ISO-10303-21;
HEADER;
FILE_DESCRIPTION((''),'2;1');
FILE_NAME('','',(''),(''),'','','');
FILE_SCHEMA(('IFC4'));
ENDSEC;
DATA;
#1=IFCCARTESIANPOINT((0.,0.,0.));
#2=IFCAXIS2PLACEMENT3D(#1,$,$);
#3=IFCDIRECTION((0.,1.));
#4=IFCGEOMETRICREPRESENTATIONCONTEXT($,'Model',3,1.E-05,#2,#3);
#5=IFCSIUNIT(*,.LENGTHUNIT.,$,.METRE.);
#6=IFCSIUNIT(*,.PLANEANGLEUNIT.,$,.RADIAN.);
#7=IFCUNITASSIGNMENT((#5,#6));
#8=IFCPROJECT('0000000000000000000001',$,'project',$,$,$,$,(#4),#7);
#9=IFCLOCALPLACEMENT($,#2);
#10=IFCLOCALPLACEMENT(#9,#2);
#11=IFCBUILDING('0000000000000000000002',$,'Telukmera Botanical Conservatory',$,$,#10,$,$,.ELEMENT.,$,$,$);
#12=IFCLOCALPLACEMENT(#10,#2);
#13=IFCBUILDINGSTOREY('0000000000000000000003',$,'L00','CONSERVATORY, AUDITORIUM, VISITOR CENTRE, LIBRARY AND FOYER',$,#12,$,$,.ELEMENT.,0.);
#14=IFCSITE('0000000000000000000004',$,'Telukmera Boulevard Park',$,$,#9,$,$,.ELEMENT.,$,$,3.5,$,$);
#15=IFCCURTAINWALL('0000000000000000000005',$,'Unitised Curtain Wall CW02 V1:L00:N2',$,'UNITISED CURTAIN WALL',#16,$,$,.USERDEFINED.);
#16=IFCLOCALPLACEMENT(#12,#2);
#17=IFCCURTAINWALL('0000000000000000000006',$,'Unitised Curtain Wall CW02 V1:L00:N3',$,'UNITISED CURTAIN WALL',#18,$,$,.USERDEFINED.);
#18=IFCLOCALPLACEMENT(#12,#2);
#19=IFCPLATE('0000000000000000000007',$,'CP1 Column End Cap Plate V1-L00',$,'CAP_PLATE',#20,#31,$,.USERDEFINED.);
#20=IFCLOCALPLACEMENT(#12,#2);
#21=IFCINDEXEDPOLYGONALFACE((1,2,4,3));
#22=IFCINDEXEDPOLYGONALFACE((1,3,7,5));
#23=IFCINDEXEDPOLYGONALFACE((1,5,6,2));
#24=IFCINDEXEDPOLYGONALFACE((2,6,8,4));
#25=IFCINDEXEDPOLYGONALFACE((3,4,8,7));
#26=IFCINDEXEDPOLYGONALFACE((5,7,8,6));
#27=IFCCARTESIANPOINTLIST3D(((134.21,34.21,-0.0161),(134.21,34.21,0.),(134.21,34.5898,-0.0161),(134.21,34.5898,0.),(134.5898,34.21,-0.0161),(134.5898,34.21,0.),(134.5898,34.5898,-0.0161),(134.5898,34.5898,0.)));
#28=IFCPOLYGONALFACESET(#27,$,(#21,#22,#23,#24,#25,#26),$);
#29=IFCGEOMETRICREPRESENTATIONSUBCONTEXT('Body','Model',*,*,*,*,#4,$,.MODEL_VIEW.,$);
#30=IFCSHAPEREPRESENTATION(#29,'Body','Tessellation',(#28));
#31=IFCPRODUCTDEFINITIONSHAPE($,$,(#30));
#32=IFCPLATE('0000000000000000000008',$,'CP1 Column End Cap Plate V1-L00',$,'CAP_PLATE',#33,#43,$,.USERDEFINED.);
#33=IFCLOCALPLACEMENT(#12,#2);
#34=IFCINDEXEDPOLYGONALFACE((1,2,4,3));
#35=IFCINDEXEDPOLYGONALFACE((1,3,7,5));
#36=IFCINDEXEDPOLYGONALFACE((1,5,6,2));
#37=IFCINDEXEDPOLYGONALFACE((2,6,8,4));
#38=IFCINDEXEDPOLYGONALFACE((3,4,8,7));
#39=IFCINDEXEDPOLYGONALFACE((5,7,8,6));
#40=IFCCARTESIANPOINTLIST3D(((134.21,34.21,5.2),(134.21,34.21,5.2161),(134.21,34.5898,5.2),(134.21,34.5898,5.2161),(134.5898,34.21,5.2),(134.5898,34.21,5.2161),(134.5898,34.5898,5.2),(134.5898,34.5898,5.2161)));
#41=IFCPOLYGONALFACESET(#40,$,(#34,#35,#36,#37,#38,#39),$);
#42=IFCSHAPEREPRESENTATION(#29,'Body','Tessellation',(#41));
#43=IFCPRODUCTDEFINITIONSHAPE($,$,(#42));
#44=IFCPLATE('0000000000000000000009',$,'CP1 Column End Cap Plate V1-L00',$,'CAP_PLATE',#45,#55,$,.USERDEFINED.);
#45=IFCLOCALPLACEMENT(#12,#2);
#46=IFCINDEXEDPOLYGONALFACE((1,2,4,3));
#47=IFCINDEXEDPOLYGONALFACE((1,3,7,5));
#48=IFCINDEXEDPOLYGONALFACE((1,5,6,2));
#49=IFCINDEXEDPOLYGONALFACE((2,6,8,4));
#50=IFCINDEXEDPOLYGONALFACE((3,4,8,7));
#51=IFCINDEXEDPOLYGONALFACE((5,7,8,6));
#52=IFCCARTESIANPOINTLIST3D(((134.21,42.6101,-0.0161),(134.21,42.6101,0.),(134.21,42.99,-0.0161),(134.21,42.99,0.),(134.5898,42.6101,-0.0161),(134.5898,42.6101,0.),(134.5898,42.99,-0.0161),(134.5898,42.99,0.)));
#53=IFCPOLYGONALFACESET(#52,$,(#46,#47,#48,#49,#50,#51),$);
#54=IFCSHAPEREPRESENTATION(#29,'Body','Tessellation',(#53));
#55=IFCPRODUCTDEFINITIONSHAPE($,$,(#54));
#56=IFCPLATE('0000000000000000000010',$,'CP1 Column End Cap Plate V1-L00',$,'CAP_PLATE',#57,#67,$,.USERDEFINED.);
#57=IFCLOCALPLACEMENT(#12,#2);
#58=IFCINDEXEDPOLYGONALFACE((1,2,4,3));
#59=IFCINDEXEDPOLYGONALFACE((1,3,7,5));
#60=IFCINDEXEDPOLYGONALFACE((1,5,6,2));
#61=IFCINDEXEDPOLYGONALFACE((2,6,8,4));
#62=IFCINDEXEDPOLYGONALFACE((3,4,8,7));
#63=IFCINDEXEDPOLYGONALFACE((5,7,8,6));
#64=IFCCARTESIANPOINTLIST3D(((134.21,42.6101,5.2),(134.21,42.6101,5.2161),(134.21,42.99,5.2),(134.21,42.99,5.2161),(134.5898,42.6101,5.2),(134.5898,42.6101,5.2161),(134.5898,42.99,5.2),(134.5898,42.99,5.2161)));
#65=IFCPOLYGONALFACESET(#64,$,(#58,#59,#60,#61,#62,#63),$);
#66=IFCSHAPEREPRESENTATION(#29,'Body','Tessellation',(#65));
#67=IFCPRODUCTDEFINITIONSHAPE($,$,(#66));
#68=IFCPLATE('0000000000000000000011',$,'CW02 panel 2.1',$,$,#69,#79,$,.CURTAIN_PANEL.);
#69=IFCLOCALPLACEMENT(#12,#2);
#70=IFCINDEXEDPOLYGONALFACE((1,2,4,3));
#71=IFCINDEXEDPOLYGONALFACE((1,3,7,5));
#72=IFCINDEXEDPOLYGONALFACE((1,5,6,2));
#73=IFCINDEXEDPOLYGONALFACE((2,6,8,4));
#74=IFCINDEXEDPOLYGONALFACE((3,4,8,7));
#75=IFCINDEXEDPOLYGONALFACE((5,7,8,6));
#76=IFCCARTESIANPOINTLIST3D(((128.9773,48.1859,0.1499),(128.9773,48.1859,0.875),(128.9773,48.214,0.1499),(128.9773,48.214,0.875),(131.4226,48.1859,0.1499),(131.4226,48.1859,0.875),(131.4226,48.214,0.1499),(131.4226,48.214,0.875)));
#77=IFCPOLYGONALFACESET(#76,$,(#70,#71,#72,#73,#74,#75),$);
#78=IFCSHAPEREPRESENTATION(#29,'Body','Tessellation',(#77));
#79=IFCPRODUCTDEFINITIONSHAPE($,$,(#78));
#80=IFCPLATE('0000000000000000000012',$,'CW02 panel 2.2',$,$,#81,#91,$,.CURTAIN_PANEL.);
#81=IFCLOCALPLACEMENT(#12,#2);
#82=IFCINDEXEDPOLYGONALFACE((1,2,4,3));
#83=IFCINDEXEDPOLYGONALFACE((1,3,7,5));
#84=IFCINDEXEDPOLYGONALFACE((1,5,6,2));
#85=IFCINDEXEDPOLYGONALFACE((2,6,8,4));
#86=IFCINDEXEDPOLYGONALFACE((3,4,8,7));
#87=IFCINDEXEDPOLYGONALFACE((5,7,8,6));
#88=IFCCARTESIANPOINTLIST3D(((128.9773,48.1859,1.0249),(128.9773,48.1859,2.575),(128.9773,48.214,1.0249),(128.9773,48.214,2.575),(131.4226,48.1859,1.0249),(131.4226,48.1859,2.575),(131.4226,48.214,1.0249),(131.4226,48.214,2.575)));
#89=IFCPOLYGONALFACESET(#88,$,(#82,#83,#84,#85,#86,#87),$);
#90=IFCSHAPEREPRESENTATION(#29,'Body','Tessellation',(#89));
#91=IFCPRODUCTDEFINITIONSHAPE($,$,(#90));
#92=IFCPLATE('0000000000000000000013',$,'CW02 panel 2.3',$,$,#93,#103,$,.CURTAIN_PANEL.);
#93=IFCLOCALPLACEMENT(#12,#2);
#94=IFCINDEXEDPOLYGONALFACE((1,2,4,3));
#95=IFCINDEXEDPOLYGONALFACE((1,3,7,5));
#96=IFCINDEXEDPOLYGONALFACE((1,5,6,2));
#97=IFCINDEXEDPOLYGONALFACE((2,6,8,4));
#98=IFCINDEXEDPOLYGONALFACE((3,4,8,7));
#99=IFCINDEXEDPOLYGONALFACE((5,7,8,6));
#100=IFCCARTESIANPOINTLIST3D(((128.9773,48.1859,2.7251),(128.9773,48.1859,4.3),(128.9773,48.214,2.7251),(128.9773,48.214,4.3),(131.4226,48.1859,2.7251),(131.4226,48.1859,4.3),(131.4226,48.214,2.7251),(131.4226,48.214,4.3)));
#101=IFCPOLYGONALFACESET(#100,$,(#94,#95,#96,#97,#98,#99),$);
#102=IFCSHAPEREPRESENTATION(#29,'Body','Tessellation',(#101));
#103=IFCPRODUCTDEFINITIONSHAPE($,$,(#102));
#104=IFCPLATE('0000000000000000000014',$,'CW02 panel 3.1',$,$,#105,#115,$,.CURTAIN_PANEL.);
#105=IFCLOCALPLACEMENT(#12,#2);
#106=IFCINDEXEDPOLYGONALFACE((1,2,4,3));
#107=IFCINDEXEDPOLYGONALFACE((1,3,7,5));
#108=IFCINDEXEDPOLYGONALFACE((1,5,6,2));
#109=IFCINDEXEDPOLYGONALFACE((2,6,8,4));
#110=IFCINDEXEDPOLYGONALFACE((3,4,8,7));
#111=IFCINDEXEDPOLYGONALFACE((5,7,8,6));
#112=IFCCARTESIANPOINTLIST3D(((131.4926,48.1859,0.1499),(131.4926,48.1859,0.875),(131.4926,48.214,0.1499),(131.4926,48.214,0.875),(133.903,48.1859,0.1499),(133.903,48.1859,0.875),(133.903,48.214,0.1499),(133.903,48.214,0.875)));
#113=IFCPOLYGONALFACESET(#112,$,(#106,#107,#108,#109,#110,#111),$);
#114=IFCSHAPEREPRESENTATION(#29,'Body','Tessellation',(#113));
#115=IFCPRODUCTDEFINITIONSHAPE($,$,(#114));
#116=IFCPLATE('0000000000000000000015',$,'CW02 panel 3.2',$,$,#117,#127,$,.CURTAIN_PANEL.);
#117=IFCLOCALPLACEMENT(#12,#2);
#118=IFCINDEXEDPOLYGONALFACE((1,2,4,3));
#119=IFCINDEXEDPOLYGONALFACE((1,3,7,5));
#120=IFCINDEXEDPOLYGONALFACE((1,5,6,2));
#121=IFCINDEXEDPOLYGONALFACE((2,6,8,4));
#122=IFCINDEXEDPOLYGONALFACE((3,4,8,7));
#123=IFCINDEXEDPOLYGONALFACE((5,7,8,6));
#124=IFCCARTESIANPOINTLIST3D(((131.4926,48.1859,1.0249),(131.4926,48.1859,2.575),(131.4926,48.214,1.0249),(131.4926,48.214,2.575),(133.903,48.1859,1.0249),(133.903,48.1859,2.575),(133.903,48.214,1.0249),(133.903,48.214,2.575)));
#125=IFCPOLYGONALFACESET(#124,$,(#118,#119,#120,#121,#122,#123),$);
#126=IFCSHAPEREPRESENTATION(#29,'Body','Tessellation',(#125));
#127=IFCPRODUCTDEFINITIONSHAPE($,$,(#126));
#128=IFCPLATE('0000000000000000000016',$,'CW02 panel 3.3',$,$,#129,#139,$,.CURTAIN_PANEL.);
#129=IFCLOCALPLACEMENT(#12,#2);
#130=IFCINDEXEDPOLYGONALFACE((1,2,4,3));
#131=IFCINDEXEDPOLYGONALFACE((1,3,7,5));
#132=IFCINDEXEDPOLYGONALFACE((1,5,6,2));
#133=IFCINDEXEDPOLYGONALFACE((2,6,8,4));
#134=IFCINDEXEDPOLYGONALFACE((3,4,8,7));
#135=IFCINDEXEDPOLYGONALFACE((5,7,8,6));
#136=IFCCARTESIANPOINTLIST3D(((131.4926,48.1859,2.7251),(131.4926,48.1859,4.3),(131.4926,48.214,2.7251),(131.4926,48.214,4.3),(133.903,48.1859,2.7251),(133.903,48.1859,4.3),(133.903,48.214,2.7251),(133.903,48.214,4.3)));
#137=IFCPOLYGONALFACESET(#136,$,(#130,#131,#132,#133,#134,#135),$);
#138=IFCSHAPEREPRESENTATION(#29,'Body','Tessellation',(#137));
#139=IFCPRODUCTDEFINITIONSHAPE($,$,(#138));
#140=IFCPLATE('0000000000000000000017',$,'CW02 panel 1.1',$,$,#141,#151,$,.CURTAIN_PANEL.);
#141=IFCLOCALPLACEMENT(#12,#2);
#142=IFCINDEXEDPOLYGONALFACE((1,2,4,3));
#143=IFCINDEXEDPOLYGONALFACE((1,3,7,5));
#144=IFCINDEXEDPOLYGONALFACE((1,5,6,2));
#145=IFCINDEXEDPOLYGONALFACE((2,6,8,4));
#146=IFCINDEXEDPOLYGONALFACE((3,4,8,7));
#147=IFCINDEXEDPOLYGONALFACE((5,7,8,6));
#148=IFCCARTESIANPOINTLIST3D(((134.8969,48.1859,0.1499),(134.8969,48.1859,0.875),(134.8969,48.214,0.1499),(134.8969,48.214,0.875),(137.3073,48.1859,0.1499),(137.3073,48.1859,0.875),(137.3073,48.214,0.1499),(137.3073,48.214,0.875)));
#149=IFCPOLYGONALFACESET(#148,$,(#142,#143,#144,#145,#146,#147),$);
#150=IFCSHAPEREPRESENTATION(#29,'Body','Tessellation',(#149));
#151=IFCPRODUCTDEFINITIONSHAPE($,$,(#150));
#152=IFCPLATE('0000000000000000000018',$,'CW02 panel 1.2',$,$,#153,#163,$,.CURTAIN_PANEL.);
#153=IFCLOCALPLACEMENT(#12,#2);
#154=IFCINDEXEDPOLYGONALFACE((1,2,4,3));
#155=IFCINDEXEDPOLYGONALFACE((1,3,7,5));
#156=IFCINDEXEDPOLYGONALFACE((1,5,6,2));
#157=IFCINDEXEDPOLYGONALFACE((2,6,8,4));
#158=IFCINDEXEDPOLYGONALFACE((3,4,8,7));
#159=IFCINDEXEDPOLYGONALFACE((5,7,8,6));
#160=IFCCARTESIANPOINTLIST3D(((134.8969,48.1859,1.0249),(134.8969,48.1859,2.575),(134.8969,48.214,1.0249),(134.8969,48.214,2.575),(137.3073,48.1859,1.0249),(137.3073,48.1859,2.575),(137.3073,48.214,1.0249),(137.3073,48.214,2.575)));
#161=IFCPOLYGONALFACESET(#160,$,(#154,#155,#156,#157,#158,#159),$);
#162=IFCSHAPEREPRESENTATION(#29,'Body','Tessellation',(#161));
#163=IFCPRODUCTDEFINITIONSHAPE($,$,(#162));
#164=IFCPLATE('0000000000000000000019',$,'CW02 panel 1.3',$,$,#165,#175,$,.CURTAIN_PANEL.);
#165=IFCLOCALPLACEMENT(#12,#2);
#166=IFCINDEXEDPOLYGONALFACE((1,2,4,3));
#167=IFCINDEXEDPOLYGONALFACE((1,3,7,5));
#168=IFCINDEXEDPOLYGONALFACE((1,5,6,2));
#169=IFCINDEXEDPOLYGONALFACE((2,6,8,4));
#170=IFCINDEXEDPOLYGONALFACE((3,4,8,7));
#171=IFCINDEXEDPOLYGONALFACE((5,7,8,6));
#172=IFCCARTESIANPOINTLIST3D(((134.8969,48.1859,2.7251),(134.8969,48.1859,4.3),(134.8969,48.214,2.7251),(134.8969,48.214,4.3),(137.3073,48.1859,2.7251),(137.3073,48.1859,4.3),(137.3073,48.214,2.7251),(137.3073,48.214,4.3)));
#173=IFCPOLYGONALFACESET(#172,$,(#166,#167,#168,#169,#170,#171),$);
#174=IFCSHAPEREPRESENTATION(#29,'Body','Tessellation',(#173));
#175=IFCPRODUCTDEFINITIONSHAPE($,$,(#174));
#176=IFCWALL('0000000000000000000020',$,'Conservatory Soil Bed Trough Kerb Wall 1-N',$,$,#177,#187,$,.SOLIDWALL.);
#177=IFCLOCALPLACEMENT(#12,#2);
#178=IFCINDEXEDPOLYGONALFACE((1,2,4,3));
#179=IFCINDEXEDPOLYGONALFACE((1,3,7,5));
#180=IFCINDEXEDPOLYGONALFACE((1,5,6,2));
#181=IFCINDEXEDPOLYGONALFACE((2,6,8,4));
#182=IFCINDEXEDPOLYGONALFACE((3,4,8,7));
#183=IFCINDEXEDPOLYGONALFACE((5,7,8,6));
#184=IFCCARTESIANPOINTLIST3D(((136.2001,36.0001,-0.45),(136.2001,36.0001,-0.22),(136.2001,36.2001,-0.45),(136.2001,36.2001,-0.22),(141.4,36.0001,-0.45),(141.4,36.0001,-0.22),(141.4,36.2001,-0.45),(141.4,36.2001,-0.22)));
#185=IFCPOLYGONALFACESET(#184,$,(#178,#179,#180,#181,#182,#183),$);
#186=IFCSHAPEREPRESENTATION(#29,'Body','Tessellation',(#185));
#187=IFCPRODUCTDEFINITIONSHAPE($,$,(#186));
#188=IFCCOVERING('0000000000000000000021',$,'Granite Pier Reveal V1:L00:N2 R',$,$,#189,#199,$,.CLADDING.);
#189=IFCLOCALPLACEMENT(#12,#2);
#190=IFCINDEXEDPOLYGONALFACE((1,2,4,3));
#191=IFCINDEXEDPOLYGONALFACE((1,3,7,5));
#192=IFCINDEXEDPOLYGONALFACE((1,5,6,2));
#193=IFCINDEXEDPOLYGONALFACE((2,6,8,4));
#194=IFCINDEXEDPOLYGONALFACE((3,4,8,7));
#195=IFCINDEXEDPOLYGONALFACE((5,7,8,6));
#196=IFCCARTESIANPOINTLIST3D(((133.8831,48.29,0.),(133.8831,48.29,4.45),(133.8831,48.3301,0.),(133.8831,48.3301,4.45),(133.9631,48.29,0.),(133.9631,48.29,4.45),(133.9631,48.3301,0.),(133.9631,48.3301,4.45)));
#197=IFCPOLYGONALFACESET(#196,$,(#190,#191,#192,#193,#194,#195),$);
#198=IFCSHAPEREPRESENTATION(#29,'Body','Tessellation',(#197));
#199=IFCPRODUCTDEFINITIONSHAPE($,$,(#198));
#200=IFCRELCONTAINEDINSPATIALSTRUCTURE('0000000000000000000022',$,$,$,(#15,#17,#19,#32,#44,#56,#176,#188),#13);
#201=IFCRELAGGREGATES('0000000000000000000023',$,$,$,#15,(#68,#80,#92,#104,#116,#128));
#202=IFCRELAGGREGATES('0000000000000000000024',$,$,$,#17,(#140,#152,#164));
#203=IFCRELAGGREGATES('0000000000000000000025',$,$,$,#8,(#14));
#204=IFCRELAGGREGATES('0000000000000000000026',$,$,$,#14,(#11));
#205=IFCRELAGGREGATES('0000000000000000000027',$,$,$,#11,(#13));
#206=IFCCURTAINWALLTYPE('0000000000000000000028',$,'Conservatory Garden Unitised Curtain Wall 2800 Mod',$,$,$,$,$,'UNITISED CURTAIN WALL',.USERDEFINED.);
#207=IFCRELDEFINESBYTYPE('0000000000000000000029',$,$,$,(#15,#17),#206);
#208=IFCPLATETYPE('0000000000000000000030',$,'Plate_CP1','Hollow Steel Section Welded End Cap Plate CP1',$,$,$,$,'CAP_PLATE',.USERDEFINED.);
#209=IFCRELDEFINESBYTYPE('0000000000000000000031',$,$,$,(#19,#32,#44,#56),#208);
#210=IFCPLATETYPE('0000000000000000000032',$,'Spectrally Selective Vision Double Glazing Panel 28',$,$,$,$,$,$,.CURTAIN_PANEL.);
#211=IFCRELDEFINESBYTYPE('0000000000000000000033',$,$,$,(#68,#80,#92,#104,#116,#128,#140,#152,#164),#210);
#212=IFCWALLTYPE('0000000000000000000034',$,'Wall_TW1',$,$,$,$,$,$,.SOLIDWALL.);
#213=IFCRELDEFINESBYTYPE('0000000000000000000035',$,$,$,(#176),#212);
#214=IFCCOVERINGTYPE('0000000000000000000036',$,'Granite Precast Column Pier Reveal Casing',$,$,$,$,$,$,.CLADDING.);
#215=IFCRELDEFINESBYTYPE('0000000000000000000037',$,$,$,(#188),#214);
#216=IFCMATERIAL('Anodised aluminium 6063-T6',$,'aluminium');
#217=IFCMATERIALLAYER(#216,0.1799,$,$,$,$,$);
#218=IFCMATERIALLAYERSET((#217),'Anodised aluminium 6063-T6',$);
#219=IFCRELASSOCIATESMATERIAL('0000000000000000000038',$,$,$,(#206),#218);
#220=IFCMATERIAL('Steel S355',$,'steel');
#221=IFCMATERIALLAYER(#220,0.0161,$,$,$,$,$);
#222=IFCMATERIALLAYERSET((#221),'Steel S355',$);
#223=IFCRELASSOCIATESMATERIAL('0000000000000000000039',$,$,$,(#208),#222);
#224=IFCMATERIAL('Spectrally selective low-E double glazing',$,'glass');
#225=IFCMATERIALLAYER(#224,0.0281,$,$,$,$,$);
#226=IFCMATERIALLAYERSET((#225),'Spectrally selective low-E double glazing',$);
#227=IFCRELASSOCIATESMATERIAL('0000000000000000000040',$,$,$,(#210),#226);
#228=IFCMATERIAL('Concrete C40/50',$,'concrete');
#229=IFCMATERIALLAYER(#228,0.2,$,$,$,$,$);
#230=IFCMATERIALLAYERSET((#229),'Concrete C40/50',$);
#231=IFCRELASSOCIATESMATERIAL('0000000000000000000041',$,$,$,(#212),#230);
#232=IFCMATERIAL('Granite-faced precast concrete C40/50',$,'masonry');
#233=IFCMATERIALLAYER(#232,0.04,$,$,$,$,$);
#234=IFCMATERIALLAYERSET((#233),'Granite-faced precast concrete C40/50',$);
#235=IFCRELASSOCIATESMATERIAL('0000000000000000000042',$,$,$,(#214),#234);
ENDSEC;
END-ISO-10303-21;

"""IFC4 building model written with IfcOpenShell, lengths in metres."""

from ifc_helpers import new_model, si_unit, direction, frame, frame_2d, origin, origin_2d, place, context, subcontext, project, spatial, rectangle, extrude, material, layer, layer_set, type_object, element, aggregate, save


model = new_model("IFC4")

# Units and contexts
model_context = context("Model", 3, precision=1e-05, world=origin(), true_north=direction((0.0, 1.0)))
body_context = subcontext(model_context, "Body", "Model", "MODEL_VIEW")
ifc_project = project(units=[si_unit("LENGTHUNIT", "METRE"), si_unit("PLANEANGLEUNIT", "RADIAN")], contexts=[model_context])

# Site, building, storey
site_placement = place(None, origin())
site = spatial("IfcSite", under=ifc_project, at=site_placement, Name="Telukmera Boulevard Park", CompositionType="ELEMENT", RefElevation=3.5)
building_placement = place(site_placement, origin())
building = spatial("IfcBuilding", under=site, at=building_placement, Name="Telukmera Botanical Conservatory", CompositionType="ELEMENT")
storey_placement = place(building_placement, origin())
storey = spatial("IfcBuildingStorey", under=building, at=storey_placement, Name="L00", Description="CONSERVATORY, AUDITORIUM, VISITOR CENTRE, LIBRARY AND FOYER", CompositionType="ELEMENT", Elevation=0.0)

# Shared definitions
ifc_material_1 = material(Name="Steel S355", Category="steel")

# Shared definitions
ifc_material_2 = material(Name="Concrete C40/50", Category="concrete")

# Curtain walls
ifc_material_3 = material(Name="Anodised aluminium 6063-T6", Category="aluminium")
ifc_layer_1 = layer(ifc_material_3, 0.1799)
ifc_layer_set_1 = layer_set([ifc_layer_1], Name="Anodised aluminium 6063-T6")
curtain_wall_type = type_object("IfcCurtainWallType", Name="Conservatory Garden Unitised Curtain Wall 2800 Mod", ElementType="UNITISED CURTAIN WALL", PredefinedType="USERDEFINED", material=ifc_layer_set_1)
curtain_wall_1_placement = place(storey_placement, origin())
curtain_wall_1 = element("IfcCurtainWall", 1, at=curtain_wall_1_placement, inside=storey, type_object=curtain_wall_type, Name="Unitised Curtain Wall CW02 V1:L00:N2", ObjectType="UNITISED CURTAIN WALL", PredefinedType="USERDEFINED")
curtain_wall_2_placement = place(storey_placement, origin())
curtain_wall_2 = element("IfcCurtainWall", 2, at=curtain_wall_2_placement, inside=storey, type_object=curtain_wall_type, Name="Unitised Curtain Wall CW02 V1:L00:N3", ObjectType="UNITISED CURTAIN WALL", PredefinedType="USERDEFINED")

# Plates
ifc_layer_2 = layer(ifc_material_1, 0.0161)
ifc_layer_set_2 = layer_set([ifc_layer_2], Name="Steel S355")
plate_type_1 = type_object("IfcPlateType", Name="Plate_CP1", Description="Hollow Steel Section Welded End Cap Plate CP1", ElementType="CAP_PLATE", PredefinedType="USERDEFINED", material=ifc_layer_set_2)
for number, where, z_axis, x_axis, name in (
    (3, (134.3999, 34.3999, -0.0161), (0.0, 0.0, 1.0), (1.0, 0.0, 0.0), "CP1 Column End Cap Plate V1-L00"),
    (4, (134.3999, 34.3999, 5.2), (0.0, 0.0, 1.0), (1.0, 0.0, 0.0), "CP1 Column End Cap Plate V1-L00"),
    (5, (134.3999, 42.8, -0.0161), (0.0, 0.0, 1.0), (1.0, 0.0, 0.0), "CP1 Column End Cap Plate V1-L00"),
    (6, (134.3999, 42.8, 5.2), (0.0, 0.0, 1.0), (1.0, 0.0, 0.0), "CP1 Column End Cap Plate V1-L00"),
):
    element("IfcPlate", number, at=place(storey_placement, frame(where, z_axis=z_axis, x_axis=x_axis)), inside=storey, type_object=plate_type_1, Name=name, ObjectType="CAP_PLATE", PredefinedType="USERDEFINED", context=body_context, shape_type="SweptSolid", body=[
        extrude(rectangle(XDim=0.3799, YDim=0.3799, at=origin_2d()), origin(), (0.0, 0.0, 1.0), 0.0161),
    ])

# Plates
ifc_material_4 = material(Name="Spectrally selective low-E double glazing", Category="glass")
ifc_layer_3 = layer(ifc_material_4, 0.0281)
ifc_layer_set_3 = layer_set([ifc_layer_3], Name="Spectrally selective low-E double glazing")
plate_type_2 = type_object("IfcPlateType", Name="Spectrally Selective Vision Double Glazing Panel 28", PredefinedType="CURTAIN_PANEL", material=ifc_layer_set_3)
plate_1_placement = place(storey_placement, frame((130.2, 48.2, 0.1499), z_axis=(0.0, 0.0, 1.0), x_axis=(1.0, 0.0, 0.0)))
plate_1 = element("IfcPlate", 7, at=plate_1_placement, type_object=plate_type_2, Name="CW02 panel 2.1", PredefinedType="CURTAIN_PANEL", context=body_context, shape_type="SweptSolid", body=[
    extrude(rectangle(XDim=2.4453, YDim=0.0281, at=origin_2d()), origin(), (0.0, 0.0, 1.0), 0.7251),
])
plate_2_placement = place(storey_placement, frame((130.2, 48.2, 1.0249), z_axis=(0.0, 0.0, 1.0), x_axis=(1.0, 0.0, 0.0)))
plate_2 = element("IfcPlate", 8, at=plate_2_placement, type_object=plate_type_2, Name="CW02 panel 2.2", PredefinedType="CURTAIN_PANEL", context=body_context, shape_type="SweptSolid", body=[
    extrude(rectangle(XDim=2.4453, YDim=0.0281, at=origin_2d()), origin(), (0.0, 0.0, 1.0), 1.55),
])
plate_3_placement = place(storey_placement, frame((130.2, 48.2, 2.7251), z_axis=(0.0, 0.0, 1.0), x_axis=(1.0, 0.0, 0.0)))
plate_3 = element("IfcPlate", 9, at=plate_3_placement, type_object=plate_type_2, Name="CW02 panel 2.3", PredefinedType="CURTAIN_PANEL", context=body_context, shape_type="SweptSolid", body=[
    extrude(rectangle(XDim=2.4453, YDim=0.0281, at=origin_2d()), origin(), (0.0, 0.0, 1.0), 1.575),
])
plate_4_placement = place(storey_placement, frame((132.6978, 48.2, 0.1499), z_axis=(0.0, 0.0, 1.0), x_axis=(1.0, 0.0, 0.0)))
plate_4 = element("IfcPlate", 10, at=plate_4_placement, type_object=plate_type_2, Name="CW02 panel 3.1", PredefinedType="CURTAIN_PANEL", context=body_context, shape_type="SweptSolid", body=[
    extrude(rectangle(XDim=2.4104, YDim=0.0281, at=origin_2d()), origin(), (0.0, 0.0, 1.0), 0.7251),
])
plate_5_placement = place(storey_placement, frame((132.6978, 48.2, 1.0249), z_axis=(0.0, 0.0, 1.0), x_axis=(1.0, 0.0, 0.0)))
plate_5 = element("IfcPlate", 11, at=plate_5_placement, type_object=plate_type_2, Name="CW02 panel 3.2", PredefinedType="CURTAIN_PANEL", context=body_context, shape_type="SweptSolid", body=[
    extrude(rectangle(XDim=2.4104, YDim=0.0281, at=origin_2d()), origin(), (0.0, 0.0, 1.0), 1.55),
])
plate_6_placement = place(storey_placement, frame((132.6978, 48.2, 2.7251), z_axis=(0.0, 0.0, 1.0), x_axis=(1.0, 0.0, 0.0)))
plate_6 = element("IfcPlate", 12, at=plate_6_placement, type_object=plate_type_2, Name="CW02 panel 3.3", PredefinedType="CURTAIN_PANEL", context=body_context, shape_type="SweptSolid", body=[
    extrude(rectangle(XDim=2.4104, YDim=0.0281, at=origin_2d()), origin(), (0.0, 0.0, 1.0), 1.575),
])
aggregate(curtain_wall_1, [plate_1, plate_2, plate_3, plate_4, plate_5, plate_6])
plate_7_placement = place(storey_placement, frame((136.1021, 48.2, 0.1499), z_axis=(0.0, 0.0, 1.0), x_axis=(1.0, 0.0, 0.0)))
plate_7 = element("IfcPlate", 13, at=plate_7_placement, type_object=plate_type_2, Name="CW02 panel 1.1", PredefinedType="CURTAIN_PANEL", context=body_context, shape_type="SweptSolid", body=[
    extrude(rectangle(XDim=2.4104, YDim=0.0281, at=origin_2d()), origin(), (0.0, 0.0, 1.0), 0.7251),
])
plate_8_placement = place(storey_placement, frame((136.1021, 48.2, 1.0249), z_axis=(0.0, 0.0, 1.0), x_axis=(1.0, 0.0, 0.0)))
plate_8 = element("IfcPlate", 14, at=plate_8_placement, type_object=plate_type_2, Name="CW02 panel 1.2", PredefinedType="CURTAIN_PANEL", context=body_context, shape_type="SweptSolid", body=[
    extrude(rectangle(XDim=2.4104, YDim=0.0281, at=origin_2d()), origin(), (0.0, 0.0, 1.0), 1.55),
])
plate_9_placement = place(storey_placement, frame((136.1021, 48.2, 2.7251), z_axis=(0.0, 0.0, 1.0), x_axis=(1.0, 0.0, 0.0)))
plate_9 = element("IfcPlate", 15, at=plate_9_placement, type_object=plate_type_2, Name="CW02 panel 1.3", PredefinedType="CURTAIN_PANEL", context=body_context, shape_type="SweptSolid", body=[
    extrude(rectangle(XDim=2.4104, YDim=0.0281, at=origin_2d()), origin(), (0.0, 0.0, 1.0), 1.575),
])
aggregate(curtain_wall_2, [plate_7, plate_8, plate_9])

# Wall
ifc_layer_4 = layer(ifc_material_2, 0.2)
ifc_layer_set_4 = layer_set([ifc_layer_4], Name="Concrete C40/50")
wall_type = type_object("IfcWallType", Name="Wall_TW1", PredefinedType="SOLIDWALL", material=ifc_layer_set_4)
wall_placement = place(storey_placement, frame((136.2, 36.1001, -0.45), z_axis=(0.0, 0.0, 1.0), x_axis=(1.0, 0.0, 0.0)))
element("IfcWall", 16, at=wall_placement, inside=storey, type_object=wall_type, Name="Conservatory Soil Bed Trough Kerb Wall 1-N", PredefinedType="SOLIDWALL", context=body_context, shape_type="SweptSolid", body=[
    extrude(rectangle(XDim=5.2, YDim=0.2, at=frame_2d((2.6001, 0.0))), origin(), (0.0, 0.0, 1.0), 0.23),
])

# Covering
ifc_material_5 = material(Name="Granite-faced precast concrete C40/50", Category="masonry")
ifc_layer_5 = layer(ifc_material_5, 0.04)
ifc_layer_set_5 = layer_set([ifc_layer_5], Name="Granite-faced precast concrete C40/50")
covering_type = type_object("IfcCoveringType", Name="Granite Precast Column Pier Reveal Casing", PredefinedType="CLADDING", material=ifc_layer_set_5)
for number, where, z_axis, x_axis, name in (
    (17, (133.9231, 48.3101, 0.0), (0.0, 0.0, 1.0), (1.0, 0.0, 0.0), "Granite Pier Reveal V1:L00:N2 R"),
):
    element("IfcCovering", number, at=place(storey_placement, frame(where, z_axis=z_axis, x_axis=x_axis)), inside=storey, type_object=covering_type, Name=name, PredefinedType="CLADDING", context=body_context, shape_type="SweptSolid", body=[
        extrude(rectangle(XDim=0.0801, YDim=0.04, at=origin_2d()), origin(), (0.0, 0.0, 1.0), 4.45),
    ])

save(model, "model.ifc")
